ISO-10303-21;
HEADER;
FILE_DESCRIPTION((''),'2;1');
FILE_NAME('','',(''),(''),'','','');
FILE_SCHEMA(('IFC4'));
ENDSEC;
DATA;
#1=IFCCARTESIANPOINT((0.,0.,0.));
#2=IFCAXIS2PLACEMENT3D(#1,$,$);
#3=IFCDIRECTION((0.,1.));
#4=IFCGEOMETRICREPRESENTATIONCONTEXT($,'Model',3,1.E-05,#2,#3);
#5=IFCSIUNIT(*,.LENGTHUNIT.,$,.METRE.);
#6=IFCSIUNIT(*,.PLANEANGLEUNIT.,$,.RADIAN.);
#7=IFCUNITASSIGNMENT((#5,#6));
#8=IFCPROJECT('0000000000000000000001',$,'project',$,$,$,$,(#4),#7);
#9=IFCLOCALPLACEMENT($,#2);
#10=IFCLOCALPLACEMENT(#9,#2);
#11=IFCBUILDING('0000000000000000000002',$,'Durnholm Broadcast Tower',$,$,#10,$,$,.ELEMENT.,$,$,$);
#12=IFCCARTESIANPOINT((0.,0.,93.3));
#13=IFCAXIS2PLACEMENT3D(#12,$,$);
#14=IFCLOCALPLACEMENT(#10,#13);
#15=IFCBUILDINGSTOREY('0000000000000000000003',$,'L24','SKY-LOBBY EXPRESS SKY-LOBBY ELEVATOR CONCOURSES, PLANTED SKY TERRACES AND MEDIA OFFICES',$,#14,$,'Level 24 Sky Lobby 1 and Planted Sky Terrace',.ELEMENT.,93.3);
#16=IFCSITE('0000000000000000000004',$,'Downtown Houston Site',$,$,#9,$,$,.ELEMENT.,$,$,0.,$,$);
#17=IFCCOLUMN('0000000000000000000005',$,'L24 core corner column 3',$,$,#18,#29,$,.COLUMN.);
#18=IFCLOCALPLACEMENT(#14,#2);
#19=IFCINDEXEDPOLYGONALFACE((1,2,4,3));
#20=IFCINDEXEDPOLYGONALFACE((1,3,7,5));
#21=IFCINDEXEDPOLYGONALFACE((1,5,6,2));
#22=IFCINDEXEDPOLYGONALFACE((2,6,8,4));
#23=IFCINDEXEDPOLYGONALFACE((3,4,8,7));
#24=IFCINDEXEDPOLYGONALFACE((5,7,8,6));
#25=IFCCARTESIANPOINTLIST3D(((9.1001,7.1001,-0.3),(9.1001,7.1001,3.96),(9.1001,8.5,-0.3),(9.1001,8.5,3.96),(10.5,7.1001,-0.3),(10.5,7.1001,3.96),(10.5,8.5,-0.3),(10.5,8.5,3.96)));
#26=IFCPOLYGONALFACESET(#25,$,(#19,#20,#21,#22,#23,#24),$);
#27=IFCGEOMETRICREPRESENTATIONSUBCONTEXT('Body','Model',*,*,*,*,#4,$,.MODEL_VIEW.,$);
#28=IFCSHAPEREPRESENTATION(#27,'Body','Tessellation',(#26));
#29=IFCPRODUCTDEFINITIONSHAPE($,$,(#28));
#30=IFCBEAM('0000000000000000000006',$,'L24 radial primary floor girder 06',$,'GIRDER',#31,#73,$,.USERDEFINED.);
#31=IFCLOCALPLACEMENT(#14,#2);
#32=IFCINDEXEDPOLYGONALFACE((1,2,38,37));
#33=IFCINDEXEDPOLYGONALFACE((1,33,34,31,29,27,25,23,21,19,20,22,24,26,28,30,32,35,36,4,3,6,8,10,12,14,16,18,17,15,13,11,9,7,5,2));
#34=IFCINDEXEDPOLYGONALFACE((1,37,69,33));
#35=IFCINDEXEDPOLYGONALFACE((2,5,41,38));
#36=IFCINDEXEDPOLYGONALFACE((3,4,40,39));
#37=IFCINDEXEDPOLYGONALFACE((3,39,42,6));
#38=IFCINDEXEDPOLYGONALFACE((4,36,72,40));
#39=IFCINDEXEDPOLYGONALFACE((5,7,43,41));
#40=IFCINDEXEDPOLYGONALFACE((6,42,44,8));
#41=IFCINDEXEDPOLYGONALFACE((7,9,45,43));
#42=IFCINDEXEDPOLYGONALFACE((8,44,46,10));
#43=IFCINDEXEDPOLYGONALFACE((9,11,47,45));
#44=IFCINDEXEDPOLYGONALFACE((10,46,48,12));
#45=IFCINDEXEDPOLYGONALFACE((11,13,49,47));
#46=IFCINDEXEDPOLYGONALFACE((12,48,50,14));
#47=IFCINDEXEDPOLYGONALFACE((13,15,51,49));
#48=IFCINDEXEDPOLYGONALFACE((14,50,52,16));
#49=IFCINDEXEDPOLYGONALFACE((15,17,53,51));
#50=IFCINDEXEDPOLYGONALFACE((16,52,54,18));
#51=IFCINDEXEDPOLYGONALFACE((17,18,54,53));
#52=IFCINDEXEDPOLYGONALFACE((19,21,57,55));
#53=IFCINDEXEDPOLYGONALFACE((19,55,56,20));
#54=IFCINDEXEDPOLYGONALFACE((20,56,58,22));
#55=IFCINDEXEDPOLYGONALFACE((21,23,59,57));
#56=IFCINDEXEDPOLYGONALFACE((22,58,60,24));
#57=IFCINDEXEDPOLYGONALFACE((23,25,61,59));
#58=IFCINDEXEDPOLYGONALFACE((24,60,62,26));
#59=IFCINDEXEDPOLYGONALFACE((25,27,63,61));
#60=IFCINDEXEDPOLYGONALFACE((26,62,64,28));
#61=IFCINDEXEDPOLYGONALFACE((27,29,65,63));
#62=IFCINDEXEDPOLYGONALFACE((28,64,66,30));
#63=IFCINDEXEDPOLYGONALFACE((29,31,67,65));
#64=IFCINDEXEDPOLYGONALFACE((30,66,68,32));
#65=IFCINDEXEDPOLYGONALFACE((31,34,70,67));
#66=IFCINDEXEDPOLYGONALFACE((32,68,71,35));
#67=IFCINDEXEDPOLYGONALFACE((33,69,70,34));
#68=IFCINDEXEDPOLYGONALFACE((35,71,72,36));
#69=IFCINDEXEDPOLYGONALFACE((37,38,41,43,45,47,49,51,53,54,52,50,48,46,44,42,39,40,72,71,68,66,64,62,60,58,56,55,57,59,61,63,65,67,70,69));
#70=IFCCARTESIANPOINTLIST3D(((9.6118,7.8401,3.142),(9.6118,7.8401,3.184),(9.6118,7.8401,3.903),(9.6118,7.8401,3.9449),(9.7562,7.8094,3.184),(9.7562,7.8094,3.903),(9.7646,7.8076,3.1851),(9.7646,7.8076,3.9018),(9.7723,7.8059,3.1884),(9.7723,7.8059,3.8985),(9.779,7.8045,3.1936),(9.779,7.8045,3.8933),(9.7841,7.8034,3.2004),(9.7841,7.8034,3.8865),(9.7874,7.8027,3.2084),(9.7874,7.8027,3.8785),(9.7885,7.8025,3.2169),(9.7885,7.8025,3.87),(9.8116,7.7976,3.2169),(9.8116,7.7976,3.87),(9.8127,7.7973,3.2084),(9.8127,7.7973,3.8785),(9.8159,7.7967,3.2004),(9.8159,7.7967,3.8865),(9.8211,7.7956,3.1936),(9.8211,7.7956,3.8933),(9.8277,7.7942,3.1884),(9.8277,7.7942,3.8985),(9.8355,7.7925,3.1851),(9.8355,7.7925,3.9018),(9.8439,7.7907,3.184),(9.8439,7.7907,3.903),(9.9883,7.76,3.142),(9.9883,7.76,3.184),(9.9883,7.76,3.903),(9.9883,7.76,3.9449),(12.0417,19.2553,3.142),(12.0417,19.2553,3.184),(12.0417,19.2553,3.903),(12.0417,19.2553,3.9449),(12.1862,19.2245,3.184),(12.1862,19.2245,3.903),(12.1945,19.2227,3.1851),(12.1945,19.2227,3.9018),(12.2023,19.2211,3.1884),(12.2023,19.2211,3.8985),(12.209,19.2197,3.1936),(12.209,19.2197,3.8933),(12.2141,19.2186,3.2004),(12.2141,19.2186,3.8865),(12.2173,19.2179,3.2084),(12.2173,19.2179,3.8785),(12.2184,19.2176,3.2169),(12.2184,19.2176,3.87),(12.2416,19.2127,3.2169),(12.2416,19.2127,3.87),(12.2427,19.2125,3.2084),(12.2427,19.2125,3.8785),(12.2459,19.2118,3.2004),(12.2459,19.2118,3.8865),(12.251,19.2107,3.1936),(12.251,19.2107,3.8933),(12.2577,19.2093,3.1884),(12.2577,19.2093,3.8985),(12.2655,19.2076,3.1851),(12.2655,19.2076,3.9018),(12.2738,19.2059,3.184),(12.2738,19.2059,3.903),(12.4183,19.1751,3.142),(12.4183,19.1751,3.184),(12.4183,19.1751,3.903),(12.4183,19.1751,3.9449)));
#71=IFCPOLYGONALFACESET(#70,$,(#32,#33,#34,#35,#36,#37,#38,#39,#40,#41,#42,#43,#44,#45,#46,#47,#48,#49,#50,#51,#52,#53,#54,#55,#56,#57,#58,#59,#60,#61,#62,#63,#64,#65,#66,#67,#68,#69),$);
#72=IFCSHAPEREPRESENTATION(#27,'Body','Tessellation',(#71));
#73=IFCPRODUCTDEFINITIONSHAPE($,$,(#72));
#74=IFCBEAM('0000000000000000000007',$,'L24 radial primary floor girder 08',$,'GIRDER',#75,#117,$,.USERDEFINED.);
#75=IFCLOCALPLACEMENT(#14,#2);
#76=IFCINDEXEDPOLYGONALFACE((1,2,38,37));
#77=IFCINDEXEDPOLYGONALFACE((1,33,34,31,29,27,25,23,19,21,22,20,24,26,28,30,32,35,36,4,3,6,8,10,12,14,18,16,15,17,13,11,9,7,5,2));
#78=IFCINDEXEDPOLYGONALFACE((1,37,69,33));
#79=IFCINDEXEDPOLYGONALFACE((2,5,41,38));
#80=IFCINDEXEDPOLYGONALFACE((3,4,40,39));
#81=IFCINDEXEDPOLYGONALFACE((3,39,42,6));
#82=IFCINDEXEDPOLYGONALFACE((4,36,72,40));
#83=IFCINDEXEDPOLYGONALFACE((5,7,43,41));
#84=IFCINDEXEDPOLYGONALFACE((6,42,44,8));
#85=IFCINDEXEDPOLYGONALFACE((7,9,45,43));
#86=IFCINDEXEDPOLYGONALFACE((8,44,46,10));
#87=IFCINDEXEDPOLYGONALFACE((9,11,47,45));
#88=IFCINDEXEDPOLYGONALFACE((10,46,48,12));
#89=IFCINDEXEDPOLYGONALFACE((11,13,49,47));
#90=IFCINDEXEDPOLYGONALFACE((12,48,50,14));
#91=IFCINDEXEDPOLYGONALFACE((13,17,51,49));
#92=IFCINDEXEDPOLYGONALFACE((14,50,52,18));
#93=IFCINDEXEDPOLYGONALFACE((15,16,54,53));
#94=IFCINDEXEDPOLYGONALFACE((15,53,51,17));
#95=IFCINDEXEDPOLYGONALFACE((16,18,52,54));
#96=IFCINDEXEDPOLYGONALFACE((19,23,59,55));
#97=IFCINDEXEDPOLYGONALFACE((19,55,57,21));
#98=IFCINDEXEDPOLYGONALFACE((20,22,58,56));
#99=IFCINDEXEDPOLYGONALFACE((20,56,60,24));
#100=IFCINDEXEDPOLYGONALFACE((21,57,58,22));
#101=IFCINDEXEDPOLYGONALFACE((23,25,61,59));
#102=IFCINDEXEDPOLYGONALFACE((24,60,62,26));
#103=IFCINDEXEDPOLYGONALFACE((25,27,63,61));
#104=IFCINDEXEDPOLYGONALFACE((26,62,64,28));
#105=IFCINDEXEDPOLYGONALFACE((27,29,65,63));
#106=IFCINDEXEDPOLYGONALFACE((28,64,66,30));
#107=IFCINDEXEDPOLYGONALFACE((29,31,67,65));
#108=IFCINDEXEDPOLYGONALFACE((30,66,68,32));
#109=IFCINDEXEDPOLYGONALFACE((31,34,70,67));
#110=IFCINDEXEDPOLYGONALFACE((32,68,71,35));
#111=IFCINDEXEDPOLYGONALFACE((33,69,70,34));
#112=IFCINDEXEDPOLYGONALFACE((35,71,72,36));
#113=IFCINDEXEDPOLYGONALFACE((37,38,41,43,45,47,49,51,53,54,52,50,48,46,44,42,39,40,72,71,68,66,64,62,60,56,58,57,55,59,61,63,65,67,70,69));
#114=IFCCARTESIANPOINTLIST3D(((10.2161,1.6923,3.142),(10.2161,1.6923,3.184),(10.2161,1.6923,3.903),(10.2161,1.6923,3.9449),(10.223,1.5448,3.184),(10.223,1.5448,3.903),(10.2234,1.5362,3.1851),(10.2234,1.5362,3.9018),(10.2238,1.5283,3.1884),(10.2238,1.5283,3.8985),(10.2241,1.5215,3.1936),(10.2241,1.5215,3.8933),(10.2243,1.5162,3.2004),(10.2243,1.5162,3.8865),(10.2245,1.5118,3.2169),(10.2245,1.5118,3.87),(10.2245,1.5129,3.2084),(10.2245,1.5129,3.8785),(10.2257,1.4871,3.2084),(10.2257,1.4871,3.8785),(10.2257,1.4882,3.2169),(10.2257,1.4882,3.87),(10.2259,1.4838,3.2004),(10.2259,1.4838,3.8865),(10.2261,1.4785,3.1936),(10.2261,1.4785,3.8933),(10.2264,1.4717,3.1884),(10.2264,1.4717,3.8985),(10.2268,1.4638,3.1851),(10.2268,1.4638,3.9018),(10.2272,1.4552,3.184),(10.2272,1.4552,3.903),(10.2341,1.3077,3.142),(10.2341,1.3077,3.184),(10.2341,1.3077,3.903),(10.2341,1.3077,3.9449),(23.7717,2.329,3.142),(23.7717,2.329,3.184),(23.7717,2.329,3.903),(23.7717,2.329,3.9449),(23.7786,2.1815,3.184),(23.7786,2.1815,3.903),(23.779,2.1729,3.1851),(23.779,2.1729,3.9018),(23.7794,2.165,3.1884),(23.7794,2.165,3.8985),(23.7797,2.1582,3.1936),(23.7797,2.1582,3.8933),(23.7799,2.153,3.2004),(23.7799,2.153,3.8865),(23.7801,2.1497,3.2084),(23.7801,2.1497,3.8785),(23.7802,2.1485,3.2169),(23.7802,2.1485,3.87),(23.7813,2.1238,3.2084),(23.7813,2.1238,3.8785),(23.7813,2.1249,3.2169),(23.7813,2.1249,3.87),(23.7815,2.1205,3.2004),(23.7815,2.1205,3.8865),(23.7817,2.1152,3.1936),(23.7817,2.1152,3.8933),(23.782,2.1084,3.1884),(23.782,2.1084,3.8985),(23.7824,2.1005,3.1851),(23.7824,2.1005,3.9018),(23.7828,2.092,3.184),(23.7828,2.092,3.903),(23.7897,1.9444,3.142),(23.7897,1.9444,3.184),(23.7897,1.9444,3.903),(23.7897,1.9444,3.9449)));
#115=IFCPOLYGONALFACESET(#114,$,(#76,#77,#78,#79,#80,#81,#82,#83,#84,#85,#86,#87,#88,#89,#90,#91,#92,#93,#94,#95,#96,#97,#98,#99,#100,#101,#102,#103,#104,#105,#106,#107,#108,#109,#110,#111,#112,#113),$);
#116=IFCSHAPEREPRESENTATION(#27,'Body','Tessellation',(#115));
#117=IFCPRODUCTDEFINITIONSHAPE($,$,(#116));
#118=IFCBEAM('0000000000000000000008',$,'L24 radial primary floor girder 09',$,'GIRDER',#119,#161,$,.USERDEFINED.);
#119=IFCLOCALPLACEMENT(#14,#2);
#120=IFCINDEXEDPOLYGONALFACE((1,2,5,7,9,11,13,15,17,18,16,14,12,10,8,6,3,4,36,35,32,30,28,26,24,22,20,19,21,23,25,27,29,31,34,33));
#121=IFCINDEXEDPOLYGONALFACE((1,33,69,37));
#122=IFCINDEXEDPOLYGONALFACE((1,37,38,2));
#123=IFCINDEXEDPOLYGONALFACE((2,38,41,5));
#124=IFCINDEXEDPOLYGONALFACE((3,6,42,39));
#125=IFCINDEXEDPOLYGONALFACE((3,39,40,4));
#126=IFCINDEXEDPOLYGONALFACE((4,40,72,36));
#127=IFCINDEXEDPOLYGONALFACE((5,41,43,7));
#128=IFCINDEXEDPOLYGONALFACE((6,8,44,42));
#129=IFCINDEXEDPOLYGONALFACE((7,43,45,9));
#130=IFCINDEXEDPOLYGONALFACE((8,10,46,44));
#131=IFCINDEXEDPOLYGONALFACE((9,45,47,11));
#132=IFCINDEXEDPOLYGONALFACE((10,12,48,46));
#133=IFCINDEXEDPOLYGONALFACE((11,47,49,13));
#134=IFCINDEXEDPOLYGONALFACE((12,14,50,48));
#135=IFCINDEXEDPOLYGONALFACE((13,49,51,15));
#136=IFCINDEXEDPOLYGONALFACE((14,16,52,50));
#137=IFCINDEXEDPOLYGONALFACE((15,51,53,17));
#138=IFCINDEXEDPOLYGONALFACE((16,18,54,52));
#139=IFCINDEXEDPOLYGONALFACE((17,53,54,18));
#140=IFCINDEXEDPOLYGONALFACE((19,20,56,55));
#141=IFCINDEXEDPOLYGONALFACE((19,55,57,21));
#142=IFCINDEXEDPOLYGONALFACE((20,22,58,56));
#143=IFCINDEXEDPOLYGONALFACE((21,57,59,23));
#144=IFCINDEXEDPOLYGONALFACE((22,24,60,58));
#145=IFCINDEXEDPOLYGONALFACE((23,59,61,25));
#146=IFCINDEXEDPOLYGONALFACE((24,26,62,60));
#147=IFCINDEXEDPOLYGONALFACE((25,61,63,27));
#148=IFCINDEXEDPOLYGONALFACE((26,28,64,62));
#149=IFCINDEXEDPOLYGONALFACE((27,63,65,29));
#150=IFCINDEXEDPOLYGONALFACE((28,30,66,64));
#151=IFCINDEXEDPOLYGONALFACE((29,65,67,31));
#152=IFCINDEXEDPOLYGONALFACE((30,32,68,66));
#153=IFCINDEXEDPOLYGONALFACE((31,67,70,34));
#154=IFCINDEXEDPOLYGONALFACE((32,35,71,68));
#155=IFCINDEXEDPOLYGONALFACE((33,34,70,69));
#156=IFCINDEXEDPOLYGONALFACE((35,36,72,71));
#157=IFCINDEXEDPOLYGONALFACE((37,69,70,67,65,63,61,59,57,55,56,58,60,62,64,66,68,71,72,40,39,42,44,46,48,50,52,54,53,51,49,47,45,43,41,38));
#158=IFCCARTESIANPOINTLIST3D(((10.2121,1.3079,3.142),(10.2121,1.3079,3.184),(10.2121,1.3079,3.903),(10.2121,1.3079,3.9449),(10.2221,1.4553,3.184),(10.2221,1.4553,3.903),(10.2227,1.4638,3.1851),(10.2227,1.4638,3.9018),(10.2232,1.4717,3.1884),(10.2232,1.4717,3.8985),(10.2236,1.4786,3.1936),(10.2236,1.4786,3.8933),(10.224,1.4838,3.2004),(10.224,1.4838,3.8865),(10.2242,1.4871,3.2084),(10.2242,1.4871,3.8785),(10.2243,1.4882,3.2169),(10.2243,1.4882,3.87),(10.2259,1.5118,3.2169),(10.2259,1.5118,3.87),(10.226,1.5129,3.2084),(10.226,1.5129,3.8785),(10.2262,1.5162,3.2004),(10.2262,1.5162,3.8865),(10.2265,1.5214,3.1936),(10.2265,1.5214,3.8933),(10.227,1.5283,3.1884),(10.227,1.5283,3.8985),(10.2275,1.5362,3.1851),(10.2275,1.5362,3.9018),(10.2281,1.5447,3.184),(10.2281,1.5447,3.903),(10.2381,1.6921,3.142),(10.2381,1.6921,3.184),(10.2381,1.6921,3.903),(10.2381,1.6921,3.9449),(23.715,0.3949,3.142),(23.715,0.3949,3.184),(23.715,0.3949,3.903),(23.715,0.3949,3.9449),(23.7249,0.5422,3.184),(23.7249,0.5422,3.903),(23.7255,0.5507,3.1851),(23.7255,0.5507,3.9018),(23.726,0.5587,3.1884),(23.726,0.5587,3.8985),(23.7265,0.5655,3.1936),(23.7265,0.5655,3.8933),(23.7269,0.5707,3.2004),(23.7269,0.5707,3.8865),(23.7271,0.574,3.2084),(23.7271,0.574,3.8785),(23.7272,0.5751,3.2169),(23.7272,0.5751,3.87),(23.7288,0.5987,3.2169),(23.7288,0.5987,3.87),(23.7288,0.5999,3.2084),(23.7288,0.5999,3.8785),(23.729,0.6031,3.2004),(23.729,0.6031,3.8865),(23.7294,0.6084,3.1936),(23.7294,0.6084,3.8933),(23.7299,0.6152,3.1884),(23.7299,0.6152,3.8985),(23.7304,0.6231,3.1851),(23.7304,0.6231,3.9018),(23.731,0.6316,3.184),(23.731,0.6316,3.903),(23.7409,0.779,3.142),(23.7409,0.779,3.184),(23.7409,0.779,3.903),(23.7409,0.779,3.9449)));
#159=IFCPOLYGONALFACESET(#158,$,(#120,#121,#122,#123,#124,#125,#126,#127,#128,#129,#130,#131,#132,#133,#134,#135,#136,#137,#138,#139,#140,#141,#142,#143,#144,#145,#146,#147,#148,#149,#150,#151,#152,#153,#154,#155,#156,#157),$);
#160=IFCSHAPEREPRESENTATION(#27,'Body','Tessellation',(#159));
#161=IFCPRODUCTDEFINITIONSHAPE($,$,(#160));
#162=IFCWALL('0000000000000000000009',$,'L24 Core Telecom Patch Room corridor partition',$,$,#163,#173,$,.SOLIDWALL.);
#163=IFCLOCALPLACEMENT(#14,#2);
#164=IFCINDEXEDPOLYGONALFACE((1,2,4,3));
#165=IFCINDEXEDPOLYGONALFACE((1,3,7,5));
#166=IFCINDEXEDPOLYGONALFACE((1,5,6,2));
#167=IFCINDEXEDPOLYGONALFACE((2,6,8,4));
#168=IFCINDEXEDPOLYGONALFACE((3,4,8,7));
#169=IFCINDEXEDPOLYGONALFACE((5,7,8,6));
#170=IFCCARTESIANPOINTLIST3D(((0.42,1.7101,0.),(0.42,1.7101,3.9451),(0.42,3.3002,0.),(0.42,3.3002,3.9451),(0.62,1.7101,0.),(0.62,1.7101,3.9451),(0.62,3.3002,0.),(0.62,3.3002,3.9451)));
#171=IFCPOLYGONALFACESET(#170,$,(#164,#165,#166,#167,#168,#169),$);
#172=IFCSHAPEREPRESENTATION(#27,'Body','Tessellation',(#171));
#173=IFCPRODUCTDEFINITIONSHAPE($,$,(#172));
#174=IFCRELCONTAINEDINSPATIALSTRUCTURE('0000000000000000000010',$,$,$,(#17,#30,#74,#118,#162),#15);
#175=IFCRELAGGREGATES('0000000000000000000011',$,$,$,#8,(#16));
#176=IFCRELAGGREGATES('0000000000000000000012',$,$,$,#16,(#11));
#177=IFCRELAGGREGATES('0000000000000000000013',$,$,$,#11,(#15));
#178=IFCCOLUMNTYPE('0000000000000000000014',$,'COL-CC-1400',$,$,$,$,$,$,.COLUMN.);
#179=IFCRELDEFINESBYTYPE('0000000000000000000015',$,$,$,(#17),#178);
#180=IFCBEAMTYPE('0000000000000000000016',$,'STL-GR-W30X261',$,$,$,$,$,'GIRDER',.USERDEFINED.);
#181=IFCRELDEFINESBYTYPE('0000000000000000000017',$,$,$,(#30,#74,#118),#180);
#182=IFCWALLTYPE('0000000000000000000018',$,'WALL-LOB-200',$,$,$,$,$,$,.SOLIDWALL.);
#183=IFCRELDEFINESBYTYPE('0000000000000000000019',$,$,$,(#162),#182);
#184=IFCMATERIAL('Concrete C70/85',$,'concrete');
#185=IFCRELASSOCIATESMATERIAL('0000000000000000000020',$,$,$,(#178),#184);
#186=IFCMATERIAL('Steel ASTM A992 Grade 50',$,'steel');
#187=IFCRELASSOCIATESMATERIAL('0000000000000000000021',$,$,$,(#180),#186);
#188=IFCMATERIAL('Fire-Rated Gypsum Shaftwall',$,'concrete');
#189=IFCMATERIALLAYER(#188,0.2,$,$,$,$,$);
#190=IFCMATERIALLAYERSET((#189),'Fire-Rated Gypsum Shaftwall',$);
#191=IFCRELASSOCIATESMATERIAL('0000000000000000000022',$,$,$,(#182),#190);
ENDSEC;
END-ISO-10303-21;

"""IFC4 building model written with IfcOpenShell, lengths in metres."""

from ifc_helpers import new_model, si_unit, direction, frame, frame_2d, origin, origin_2d, place, context, subcontext, project, spatial, rectangle, i_section, extrude, source, transform, mapped, material, layer, layer_set, material_profile, profile_set, type_object, type_shapes, element, save


model = new_model("IFC4")

# Units and contexts
model_context = context("Model", 3, precision=1e-05, world=origin(), true_north=direction((0.0, 1.0)))
body_context = subcontext(model_context, "Body", "Model", "MODEL_VIEW")
ifc_project = project(units=[si_unit("LENGTHUNIT", "METRE"), si_unit("PLANEANGLEUNIT", "RADIAN")], contexts=[model_context])

# Site, building, storey
site_placement = place(None, origin())
site = spatial("IfcSite", under=ifc_project, at=site_placement, Name="Downtown Houston Site", CompositionType="ELEMENT", RefElevation=0.0)
building_placement = place(site_placement, origin())
building = spatial("IfcBuilding", under=site, at=building_placement, Name="Durnholm Broadcast Tower", CompositionType="ELEMENT")
storey_placement = place(building_placement, frame((0.0, 0.0, 93.3)))
storey = spatial("IfcBuildingStorey", under=building, at=storey_placement, Name="L24", Description="SKY-LOBBY EXPRESS SKY-LOBBY ELEVATOR CONCOURSES, PLANTED SKY TERRACES AND MEDIA OFFICES", LongName="Level 24 Sky Lobby 1 and Planted Sky Terrace", CompositionType="ELEMENT", Elevation=93.3)

# Column
ifc_material_1 = material(Name="Concrete C70/85", Category="concrete")
ifc_material_profile_1 = material_profile(ifc_material_1, rectangle(XDim=1.3999, YDim=1.3999, at=origin_2d()), Name="RC1400X1400")
ifc_profile_set_1 = profile_set([ifc_material_profile_1], Name="Concrete C70/85")
column_type = type_object("IfcColumnType", Name="COL-CC-1400", PredefinedType="COLUMN", material=ifc_profile_set_1)
shared_shape_1 = source(origin(), body_context, "Body", "SweptSolid", [
    extrude(rectangle(XDim=1.3999, YDim=1.3999, at=origin_2d()), origin(), (0.0, 0.0, 1.0), 4.26),
])
type_shapes(column_type, [shared_shape_1])
column_placement = place(storey_placement, frame((9.8, 7.8, -0.3), z_axis=(0.0, 0.0, 1.0), x_axis=(1.0, 0.0, 0.0)))
element("IfcColumn", 1, at=column_placement, inside=storey, type_object=column_type, Name="L24 core corner column 3", PredefinedType="COLUMN", context=body_context, shape_type="MappedRepresentation", body=[
    mapped(shared_shape_1, transform((0.0, 0.0, 0.0), x_axis=(1.0, 0.0, 0.0), y_axis=(0.0, 1.0, 0.0), z_axis=(0.0, 0.0, 1.0), scale=1.0)),
])

# Beams
ifc_material_2 = material(Name="Steel ASTM A992 Grade 50", Category="steel")
ifc_material_profile_2 = material_profile(ifc_material_2, i_section(OverallWidth=0.385, OverallDepth=0.803, WebThickness=0.0237, FlangeThickness=0.042, FilletRadius=0.033, at=origin_2d()), Name="W30X261")
ifc_profile_set_2 = profile_set([ifc_material_profile_2], Name="Steel ASTM A992 Grade 50")
beam_type = type_object("IfcBeamType", Name="STL-GR-W30X261", ElementType="GIRDER", PredefinedType="USERDEFINED", material=ifc_profile_set_2)
shared_shape_2 = source(origin(), body_context, "Body", "SweptSolid", [
    extrude(i_section(OverallWidth=0.385, OverallDepth=0.803, WebThickness=0.0237, FlangeThickness=0.042, FilletRadius=0.033, at=origin_2d()), origin(), (0.0, 0.0, 1.0), 11.6709),
])
beam_1_placement = place(storey_placement, frame((9.8, 7.8, 3.5435), z_axis=(0.208206, 0.978085, 0.0), x_axis=(-0.978085, 0.208206, 0.0)))
element("IfcBeam", 2, at=beam_1_placement, inside=storey, type_object=beam_type, Name="L24 radial primary floor girder 06", ObjectType="GIRDER", PredefinedType="USERDEFINED", context=body_context, shape_type="MappedRepresentation", body=[
    mapped(shared_shape_2, transform((0.0, 0.0, 0.0), x_axis=(1.0, 0.0, 0.0), y_axis=(0.0, 1.0, 0.0), z_axis=(0.0, 0.0, 1.0), scale=1.0)),
])
shared_shape_3 = source(origin(), body_context, "Body", "SweptSolid", [
    extrude(i_section(OverallWidth=0.385, OverallDepth=0.803, WebThickness=0.0237, FlangeThickness=0.042, FilletRadius=0.033, at=origin_2d()), origin(), (0.0, 0.0, 1.0), 13.5706),
])
beam_2_placement = place(storey_placement, frame((10.2251, 1.5, 3.5435), z_axis=(0.998899, 0.046919, 0.0), x_axis=(-0.046919, 0.998899, 0.0)))
element("IfcBeam", 3, at=beam_2_placement, inside=storey, type_object=beam_type, Name="L24 radial primary floor girder 08", ObjectType="GIRDER", PredefinedType="USERDEFINED", context=body_context, shape_type="MappedRepresentation", body=[
    mapped(shared_shape_3, transform((0.0, 0.0, 0.0), x_axis=(1.0, 0.0, 0.0), y_axis=(0.0, 1.0, 0.0), z_axis=(0.0, 0.0, 1.0), scale=1.0)),
])
shared_shape_4 = source(origin(), body_context, "Body", "SweptSolid", [
    extrude(i_section(OverallWidth=0.385, OverallDepth=0.803, WebThickness=0.0237, FlangeThickness=0.042, FilletRadius=0.033, at=origin_2d()), origin(), (0.0, 0.0, 1.0), 13.5337),
])
type_shapes(beam_type, [shared_shape_2, shared_shape_3, shared_shape_4])
beam_3_placement = place(storey_placement, frame((10.2251, 1.5, 3.5435), z_axis=(0.997721, -0.067467, 0.0), x_axis=(0.067467, 0.997721, 0.0)))
element("IfcBeam", 4, at=beam_3_placement, inside=storey, type_object=beam_type, Name="L24 radial primary floor girder 09", ObjectType="GIRDER", PredefinedType="USERDEFINED", context=body_context, shape_type="MappedRepresentation", body=[
    mapped(shared_shape_4, transform((0.0, 0.0, 0.0), x_axis=(1.0, 0.0, 0.0), y_axis=(0.0, 1.0, 0.0), z_axis=(0.0, 0.0, 1.0), scale=1.0)),
])

# Wall
ifc_material_3 = material(Name="Fire-Rated Gypsum Shaftwall", Category="concrete")
ifc_layer_1 = layer(ifc_material_3, 0.2)
ifc_layer_set_1 = layer_set([ifc_layer_1], Name="Fire-Rated Gypsum Shaftwall")
wall_type_1 = type_object("IfcWallType", Name="WALL-LOB-200", PredefinedType="SOLIDWALL", material=ifc_layer_set_1)
wall_1_placement = place(storey_placement, frame((0.52, 3.3, 0.0), z_axis=(0.0, 0.0, 1.0), x_axis=(0.0, -1.0, 0.0)))
element("IfcWall", 5, at=wall_1_placement, inside=storey, type_object=wall_type_1, Name="L24 Core Telecom Patch Room corridor partition", PredefinedType="SOLIDWALL", context=body_context, shape_type="SweptSolid", body=[
    extrude(rectangle(XDim=1.5901, YDim=0.2, at=frame_2d((0.7949, 0.0))), origin(), (0.0, 0.0, 1.0), 3.9451),
])

save(model, "model.ifc")
